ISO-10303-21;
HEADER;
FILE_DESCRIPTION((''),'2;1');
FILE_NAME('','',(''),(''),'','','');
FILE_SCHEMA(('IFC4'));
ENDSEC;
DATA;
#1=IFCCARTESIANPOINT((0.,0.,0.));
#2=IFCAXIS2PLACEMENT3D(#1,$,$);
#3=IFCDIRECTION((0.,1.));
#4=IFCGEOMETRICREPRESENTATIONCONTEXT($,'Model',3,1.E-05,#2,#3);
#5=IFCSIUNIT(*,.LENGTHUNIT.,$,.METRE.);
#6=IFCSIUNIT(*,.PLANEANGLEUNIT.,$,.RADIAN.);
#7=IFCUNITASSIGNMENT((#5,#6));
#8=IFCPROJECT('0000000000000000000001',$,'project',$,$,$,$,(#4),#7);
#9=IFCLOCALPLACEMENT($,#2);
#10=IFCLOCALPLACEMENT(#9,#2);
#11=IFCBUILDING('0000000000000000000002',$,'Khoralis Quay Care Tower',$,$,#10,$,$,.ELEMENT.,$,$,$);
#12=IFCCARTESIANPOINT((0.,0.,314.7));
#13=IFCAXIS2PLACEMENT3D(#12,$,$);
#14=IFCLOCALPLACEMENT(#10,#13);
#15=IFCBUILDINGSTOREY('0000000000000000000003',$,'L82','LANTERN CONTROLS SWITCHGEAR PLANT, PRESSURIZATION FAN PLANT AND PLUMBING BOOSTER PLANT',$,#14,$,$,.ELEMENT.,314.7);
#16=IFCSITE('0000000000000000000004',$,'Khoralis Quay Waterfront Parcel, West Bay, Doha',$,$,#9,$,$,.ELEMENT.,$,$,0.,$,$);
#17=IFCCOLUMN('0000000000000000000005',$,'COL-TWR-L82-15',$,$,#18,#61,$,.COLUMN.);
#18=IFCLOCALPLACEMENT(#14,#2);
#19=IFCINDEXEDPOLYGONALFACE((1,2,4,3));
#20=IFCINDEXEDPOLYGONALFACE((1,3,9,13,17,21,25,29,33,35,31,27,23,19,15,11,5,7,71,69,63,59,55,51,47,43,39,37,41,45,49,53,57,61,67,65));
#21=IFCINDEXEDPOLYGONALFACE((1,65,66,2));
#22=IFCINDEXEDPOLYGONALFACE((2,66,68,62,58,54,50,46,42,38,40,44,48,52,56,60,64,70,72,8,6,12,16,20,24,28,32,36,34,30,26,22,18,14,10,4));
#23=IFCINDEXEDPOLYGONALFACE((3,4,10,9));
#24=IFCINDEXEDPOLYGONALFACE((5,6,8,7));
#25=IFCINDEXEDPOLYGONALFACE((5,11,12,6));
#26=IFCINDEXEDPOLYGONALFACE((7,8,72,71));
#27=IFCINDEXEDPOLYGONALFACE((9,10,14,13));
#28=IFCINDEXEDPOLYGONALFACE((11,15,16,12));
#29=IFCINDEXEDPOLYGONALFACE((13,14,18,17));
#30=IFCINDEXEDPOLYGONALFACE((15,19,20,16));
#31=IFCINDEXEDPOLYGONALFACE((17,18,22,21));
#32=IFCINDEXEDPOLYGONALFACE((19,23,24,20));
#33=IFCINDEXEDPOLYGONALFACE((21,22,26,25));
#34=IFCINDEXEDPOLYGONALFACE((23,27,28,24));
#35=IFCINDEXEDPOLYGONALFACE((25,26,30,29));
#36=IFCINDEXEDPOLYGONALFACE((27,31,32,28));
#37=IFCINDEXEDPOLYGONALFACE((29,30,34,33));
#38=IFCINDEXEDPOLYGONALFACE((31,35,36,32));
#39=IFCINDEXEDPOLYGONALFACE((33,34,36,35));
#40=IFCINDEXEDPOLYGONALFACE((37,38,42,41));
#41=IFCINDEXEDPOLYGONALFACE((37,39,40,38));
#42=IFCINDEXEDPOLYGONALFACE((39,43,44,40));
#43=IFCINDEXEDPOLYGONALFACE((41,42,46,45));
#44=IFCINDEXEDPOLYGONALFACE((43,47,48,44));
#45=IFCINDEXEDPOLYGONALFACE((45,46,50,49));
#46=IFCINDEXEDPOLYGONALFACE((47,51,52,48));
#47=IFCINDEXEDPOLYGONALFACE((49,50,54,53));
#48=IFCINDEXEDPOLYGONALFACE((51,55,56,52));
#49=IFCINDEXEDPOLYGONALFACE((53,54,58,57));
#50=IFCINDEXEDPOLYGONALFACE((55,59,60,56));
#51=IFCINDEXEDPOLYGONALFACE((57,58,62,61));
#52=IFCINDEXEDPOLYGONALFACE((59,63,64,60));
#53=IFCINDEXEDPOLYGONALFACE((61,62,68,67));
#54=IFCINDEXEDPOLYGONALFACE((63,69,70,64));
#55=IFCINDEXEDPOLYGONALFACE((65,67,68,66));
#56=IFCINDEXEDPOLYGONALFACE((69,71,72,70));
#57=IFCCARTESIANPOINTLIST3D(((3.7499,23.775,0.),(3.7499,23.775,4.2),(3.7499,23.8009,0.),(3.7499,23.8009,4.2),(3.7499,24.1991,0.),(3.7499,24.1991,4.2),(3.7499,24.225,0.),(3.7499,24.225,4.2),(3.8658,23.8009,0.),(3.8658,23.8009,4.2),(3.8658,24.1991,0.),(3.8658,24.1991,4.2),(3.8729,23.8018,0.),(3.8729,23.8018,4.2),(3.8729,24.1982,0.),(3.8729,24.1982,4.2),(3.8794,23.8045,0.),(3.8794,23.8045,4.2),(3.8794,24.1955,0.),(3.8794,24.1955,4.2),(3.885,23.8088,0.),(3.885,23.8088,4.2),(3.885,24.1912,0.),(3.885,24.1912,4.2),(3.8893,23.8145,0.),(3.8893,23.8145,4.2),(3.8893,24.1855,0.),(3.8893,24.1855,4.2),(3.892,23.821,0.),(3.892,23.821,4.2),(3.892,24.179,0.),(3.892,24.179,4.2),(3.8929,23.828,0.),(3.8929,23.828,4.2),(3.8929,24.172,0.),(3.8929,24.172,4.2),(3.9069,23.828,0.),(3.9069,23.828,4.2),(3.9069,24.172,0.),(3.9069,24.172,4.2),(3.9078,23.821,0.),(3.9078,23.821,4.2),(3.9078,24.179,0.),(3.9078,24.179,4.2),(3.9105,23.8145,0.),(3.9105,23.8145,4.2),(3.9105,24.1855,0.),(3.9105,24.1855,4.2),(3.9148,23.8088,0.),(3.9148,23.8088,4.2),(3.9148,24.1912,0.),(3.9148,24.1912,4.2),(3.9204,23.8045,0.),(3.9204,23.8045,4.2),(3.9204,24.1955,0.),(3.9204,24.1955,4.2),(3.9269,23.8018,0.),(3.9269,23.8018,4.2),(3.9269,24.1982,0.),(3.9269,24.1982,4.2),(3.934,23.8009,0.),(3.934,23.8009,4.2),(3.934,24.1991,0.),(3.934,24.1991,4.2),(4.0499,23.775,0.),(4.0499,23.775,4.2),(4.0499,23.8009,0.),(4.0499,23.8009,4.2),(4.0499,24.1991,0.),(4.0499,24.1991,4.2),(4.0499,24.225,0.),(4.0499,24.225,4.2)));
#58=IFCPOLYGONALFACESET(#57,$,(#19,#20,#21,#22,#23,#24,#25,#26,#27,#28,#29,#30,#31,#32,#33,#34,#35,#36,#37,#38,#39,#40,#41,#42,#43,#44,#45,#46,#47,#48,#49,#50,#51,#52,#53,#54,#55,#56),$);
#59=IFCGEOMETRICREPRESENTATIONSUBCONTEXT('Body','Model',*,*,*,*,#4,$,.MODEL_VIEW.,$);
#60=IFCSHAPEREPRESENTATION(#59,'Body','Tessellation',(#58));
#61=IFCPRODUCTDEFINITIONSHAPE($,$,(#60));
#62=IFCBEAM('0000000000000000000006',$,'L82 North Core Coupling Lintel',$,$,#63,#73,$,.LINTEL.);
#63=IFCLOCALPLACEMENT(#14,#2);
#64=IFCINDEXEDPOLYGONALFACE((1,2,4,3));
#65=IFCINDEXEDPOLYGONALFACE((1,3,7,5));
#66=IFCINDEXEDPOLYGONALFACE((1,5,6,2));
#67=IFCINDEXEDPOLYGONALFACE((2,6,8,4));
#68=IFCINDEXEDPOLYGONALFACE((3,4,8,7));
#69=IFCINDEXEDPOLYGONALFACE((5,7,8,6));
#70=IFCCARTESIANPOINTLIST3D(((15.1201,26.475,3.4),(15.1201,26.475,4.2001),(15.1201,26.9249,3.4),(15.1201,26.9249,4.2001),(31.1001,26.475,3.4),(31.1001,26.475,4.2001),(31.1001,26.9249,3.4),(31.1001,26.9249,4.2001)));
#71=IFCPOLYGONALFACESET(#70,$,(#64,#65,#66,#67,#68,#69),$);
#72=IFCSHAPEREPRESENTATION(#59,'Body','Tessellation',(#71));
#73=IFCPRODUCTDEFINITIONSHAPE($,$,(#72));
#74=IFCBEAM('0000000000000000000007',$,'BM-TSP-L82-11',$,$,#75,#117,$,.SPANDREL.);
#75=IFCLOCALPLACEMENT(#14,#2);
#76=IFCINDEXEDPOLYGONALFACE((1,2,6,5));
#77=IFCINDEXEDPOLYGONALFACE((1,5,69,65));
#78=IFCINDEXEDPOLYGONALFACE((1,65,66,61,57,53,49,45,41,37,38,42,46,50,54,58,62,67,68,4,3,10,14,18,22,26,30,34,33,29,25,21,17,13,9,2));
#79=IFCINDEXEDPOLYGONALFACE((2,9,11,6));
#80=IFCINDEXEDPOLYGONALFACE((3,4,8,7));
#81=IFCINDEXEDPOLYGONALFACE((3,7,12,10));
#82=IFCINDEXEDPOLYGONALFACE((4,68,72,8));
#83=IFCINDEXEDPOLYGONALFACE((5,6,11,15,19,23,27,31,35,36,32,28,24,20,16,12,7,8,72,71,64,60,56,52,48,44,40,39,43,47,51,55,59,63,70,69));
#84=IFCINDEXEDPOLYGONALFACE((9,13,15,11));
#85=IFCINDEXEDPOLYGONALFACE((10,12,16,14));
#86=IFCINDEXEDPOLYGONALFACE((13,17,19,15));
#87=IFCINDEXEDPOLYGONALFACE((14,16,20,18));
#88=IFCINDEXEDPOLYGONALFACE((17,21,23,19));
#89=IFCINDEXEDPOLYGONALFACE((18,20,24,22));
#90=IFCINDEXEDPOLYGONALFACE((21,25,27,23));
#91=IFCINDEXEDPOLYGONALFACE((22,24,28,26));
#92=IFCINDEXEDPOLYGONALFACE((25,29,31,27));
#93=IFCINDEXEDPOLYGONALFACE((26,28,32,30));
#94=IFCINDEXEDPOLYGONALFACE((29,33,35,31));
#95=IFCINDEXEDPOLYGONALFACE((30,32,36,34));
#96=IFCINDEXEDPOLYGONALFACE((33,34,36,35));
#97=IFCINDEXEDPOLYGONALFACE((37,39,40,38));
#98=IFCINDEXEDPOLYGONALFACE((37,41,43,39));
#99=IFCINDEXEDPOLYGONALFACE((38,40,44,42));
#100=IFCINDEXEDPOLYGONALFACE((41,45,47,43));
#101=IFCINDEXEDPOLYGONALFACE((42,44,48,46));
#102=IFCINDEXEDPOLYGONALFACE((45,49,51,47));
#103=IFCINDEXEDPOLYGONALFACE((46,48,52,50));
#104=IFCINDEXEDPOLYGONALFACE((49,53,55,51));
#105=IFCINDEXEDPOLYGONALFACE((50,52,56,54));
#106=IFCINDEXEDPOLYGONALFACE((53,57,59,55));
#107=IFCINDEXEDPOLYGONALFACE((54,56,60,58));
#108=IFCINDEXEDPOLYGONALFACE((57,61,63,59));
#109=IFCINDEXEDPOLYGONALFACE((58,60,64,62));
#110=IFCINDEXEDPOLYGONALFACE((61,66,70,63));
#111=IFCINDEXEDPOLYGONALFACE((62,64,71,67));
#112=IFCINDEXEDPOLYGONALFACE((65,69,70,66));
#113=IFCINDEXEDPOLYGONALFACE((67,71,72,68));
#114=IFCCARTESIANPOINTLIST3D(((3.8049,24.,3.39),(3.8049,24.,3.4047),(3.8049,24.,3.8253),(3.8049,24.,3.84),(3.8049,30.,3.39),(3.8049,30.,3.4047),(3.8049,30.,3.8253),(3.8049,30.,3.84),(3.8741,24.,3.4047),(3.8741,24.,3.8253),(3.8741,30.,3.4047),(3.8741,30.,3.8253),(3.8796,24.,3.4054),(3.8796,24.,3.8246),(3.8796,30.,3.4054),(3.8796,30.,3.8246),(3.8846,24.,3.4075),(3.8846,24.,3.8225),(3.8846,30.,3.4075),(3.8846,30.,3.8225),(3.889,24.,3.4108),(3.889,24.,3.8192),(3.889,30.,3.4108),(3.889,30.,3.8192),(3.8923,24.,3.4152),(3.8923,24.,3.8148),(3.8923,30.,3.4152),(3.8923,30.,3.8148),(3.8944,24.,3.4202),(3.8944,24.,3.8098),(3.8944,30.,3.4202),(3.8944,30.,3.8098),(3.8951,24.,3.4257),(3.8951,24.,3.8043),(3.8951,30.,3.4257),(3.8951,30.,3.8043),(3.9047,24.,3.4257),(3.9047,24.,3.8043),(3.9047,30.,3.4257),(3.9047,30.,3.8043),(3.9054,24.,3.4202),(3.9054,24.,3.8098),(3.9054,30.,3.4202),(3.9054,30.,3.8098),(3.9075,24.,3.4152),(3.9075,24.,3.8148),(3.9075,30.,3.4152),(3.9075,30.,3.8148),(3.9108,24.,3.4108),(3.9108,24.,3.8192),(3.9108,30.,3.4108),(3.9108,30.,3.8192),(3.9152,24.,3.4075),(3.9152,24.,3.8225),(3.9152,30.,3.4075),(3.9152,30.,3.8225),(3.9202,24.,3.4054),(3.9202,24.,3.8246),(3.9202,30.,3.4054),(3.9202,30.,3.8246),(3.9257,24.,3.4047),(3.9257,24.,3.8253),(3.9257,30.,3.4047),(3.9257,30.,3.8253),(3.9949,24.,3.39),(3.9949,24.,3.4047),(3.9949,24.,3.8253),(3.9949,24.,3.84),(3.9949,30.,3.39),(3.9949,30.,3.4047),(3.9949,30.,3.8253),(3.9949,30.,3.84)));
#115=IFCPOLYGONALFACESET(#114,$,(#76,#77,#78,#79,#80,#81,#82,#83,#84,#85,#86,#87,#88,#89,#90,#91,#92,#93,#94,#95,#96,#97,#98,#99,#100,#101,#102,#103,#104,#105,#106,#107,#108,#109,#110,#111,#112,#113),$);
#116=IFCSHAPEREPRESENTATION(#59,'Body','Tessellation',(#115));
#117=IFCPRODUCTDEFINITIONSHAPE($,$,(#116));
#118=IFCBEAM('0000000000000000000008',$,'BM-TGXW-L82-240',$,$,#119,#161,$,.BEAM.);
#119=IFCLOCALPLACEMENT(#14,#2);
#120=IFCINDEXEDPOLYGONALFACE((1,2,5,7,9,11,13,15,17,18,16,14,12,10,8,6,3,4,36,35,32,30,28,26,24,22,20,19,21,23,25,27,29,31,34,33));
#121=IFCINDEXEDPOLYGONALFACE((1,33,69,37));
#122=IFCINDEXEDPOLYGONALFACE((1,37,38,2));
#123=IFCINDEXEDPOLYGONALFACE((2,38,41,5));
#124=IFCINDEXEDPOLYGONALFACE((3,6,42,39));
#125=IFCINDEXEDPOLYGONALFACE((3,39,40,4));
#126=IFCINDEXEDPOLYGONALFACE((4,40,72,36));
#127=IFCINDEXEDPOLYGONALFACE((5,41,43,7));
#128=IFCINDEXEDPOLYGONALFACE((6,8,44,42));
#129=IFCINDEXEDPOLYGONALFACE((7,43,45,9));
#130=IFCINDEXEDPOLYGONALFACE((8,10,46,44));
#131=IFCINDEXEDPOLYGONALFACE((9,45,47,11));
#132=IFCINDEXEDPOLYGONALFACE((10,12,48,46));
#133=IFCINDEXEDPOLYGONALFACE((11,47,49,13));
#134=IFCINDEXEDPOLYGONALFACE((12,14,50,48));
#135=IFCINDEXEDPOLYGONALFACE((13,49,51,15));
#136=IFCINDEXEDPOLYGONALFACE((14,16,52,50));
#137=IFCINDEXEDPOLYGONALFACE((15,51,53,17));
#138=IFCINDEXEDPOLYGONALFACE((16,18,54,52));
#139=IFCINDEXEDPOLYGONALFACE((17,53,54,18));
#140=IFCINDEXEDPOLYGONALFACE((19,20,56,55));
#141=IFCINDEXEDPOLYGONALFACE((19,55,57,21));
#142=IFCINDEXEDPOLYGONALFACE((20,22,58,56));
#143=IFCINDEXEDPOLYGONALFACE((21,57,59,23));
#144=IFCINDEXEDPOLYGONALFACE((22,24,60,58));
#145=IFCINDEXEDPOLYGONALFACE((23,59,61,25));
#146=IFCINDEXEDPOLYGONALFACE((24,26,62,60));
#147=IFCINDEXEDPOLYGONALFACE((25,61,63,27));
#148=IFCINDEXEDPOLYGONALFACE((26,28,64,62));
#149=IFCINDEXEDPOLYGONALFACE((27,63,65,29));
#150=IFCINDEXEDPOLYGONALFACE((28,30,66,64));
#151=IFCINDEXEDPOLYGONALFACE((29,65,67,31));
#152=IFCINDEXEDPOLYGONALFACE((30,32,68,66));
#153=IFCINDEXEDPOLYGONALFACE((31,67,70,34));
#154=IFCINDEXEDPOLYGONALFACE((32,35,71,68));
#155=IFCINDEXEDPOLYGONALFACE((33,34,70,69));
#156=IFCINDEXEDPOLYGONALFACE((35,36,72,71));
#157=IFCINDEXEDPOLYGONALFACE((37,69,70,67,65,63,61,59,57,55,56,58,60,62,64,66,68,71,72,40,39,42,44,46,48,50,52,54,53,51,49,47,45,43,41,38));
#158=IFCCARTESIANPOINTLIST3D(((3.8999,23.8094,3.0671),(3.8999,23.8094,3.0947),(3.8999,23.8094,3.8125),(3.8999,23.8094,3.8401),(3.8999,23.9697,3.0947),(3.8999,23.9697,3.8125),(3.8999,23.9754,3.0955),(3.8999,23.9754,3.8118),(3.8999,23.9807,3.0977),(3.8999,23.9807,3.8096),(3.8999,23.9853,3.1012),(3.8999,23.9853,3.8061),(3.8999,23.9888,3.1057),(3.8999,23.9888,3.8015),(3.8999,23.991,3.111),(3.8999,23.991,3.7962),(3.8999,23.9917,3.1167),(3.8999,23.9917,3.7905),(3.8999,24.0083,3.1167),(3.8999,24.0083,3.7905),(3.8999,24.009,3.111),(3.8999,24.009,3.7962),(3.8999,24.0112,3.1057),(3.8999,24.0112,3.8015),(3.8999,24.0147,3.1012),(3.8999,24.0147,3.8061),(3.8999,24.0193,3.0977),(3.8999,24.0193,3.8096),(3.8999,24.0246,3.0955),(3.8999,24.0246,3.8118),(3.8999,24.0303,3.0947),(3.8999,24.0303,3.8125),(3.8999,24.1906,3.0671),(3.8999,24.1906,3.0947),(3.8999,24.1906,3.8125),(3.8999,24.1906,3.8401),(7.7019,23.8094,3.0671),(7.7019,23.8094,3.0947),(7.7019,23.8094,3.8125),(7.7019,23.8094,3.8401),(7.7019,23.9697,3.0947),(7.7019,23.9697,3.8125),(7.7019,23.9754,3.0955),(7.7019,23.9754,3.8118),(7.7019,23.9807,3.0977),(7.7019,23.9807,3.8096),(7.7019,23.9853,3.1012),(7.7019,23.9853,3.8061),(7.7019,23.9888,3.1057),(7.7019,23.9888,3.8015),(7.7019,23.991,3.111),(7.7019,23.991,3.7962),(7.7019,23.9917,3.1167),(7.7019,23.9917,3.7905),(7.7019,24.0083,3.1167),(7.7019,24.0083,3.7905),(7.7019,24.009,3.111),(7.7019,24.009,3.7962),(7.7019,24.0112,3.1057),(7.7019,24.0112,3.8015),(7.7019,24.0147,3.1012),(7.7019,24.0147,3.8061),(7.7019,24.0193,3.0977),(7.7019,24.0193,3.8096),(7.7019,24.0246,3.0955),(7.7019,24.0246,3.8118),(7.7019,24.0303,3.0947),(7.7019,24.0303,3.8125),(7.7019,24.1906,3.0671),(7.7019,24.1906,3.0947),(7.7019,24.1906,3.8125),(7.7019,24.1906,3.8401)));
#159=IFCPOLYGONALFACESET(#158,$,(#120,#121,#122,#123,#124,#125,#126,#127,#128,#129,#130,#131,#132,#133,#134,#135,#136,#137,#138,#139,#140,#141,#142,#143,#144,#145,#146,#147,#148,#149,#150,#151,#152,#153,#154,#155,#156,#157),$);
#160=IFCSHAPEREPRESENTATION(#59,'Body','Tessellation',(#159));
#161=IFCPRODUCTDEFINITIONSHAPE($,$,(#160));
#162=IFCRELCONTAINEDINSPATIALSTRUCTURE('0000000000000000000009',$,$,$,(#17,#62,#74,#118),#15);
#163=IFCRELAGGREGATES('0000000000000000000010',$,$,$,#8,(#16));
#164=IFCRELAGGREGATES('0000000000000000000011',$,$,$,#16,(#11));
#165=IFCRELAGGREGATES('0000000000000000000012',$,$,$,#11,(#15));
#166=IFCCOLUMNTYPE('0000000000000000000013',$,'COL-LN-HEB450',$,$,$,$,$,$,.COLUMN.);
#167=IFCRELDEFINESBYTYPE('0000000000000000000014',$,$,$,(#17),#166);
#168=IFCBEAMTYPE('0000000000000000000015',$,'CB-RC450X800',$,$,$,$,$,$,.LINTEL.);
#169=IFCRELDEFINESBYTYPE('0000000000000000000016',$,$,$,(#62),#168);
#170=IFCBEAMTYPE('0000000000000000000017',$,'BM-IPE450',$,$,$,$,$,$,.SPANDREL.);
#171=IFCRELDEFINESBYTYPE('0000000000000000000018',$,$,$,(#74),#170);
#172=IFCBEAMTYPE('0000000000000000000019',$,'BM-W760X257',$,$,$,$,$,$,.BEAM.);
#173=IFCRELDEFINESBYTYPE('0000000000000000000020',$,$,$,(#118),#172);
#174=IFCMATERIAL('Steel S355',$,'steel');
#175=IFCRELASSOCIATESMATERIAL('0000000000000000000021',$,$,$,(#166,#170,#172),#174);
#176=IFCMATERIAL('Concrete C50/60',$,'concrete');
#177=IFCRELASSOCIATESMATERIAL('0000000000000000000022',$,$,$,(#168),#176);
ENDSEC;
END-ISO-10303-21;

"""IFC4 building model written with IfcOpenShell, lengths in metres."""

from ifc_helpers import new_model, si_unit, direction, frame, origin, origin_2d, place, context, subcontext, project, spatial, rectangle, i_section, extrude, source, transform, mapped, material, material_profile, profile_set, type_object, element, save


model = new_model("IFC4")

# Units and contexts
model_context = context("Model", 3, precision=1e-05, world=origin(), true_north=direction((0.0, 1.0)))
body_context = subcontext(model_context, "Body", "Model", "MODEL_VIEW")
ifc_project = project(units=[si_unit("LENGTHUNIT", "METRE"), si_unit("PLANEANGLEUNIT", "RADIAN")], contexts=[model_context])

# Site, building, storey
site_placement = place(None, origin())
site = spatial("IfcSite", under=ifc_project, at=site_placement, Name="Khoralis Quay Waterfront Parcel, West Bay, Doha", CompositionType="ELEMENT", RefElevation=0.0)
building_placement = place(site_placement, origin())
building = spatial("IfcBuilding", under=site, at=building_placement, Name="Khoralis Quay Care Tower", CompositionType="ELEMENT")
storey_placement = place(building_placement, frame((0.0, 0.0, 314.7)))
storey = spatial("IfcBuildingStorey", under=building, at=storey_placement, Name="L82", Description="LANTERN CONTROLS SWITCHGEAR PLANT, PRESSURIZATION FAN PLANT AND PLUMBING BOOSTER PLANT", CompositionType="ELEMENT", Elevation=314.7)

# Column
ifc_material_1 = material(Name="Steel S355", Category="steel")
ifc_material_profile_1 = material_profile(ifc_material_1, i_section(OverallWidth=0.3, OverallDepth=0.45, WebThickness=0.0139, FlangeThickness=0.0259, FilletRadius=0.0271, at=origin_2d()), Name="Steel S355")
ifc_profile_set_1 = profile_set([ifc_material_profile_1], Name="Steel S355")
column_type = type_object("IfcColumnType", Name="COL-LN-HEB450", PredefinedType="COLUMN", material=ifc_profile_set_1)
shared_shape_1 = source(origin(), body_context, "Body", "SweptSolid", [
    extrude(i_section(OverallWidth=0.3, OverallDepth=0.45, WebThickness=0.0139, FlangeThickness=0.0259, FilletRadius=0.0271, at=origin_2d()), origin(), (0.0, 0.0, 1.0), 4.2),
])
column_placement = place(storey_placement, frame((3.8999, 24.0, 0.0), z_axis=(0.0, 0.0, 1.0), x_axis=(1.0, 0.0, 0.0)))
element("IfcColumn", 1, at=column_placement, inside=storey, type_object=column_type, Name="COL-TWR-L82-15", PredefinedType="COLUMN", context=body_context, shape_type="MappedRepresentation", body=[
    mapped(shared_shape_1, transform((0.0, 0.0, 0.0), scale=1.0)),
])

# Beams
ifc_material_2 = material(Name="Concrete C50/60", Category="concrete")
ifc_material_profile_2 = material_profile(ifc_material_2, rectangle(XDim=0.45, YDim=0.8, at=origin_2d()), Name="Concrete C50/60")
ifc_profile_set_2 = profile_set([ifc_material_profile_2], Name="Concrete C50/60")
beam_type_1 = type_object("IfcBeamType", Name="CB-RC450X800", PredefinedType="LINTEL", material=ifc_profile_set_2)
shared_shape_2 = source(origin(), body_context, "Body", "SweptSolid", [
    extrude(rectangle(XDim=0.45, YDim=0.8, at=origin_2d()), origin(), (0.0, 0.0, 1.0), 15.98),
])
beam_1_placement = place(storey_placement, frame((15.1201, 26.7, 3.8), z_axis=(1.0, 0.0, 0.0), x_axis=(0.0, 1.0, 0.0)))
element("IfcBeam", 2, at=beam_1_placement, inside=storey, type_object=beam_type_1, Name="L82 North Core Coupling Lintel", PredefinedType="LINTEL", context=body_context, shape_type="MappedRepresentation", body=[
    mapped(shared_shape_2, transform((0.0, 0.0, 0.0), scale=1.0)),
])
ifc_material_profile_3 = material_profile(ifc_material_1, i_section(OverallWidth=0.1899, OverallDepth=0.45, WebThickness=0.0095, FlangeThickness=0.0146, FilletRadius=0.021, at=origin_2d()), Name="Steel S355")
ifc_profile_set_3 = profile_set([ifc_material_profile_3], Name="Steel S355")
beam_type_2 = type_object("IfcBeamType", Name="BM-IPE450", PredefinedType="SPANDREL", material=ifc_profile_set_3)
shared_shape_3 = source(origin(), body_context, "Body", "SweptSolid", [
    extrude(i_section(OverallWidth=0.1899, OverallDepth=0.45, WebThickness=0.0095, FlangeThickness=0.0146, FilletRadius=0.021, at=origin_2d()), origin(), (0.0, 0.0, 1.0), 6.0),
])
beam_2_placement = place(storey_placement, frame((3.8999, 24.0, 3.615), z_axis=(0.0, 1.0, 0.0), x_axis=(-1.0, 0.0, 0.0)))
element("IfcBeam", 3, at=beam_2_placement, inside=storey, type_object=beam_type_2, Name="BM-TSP-L82-11", PredefinedType="SPANDREL", context=body_context, shape_type="MappedRepresentation", body=[
    mapped(shared_shape_3, transform((0.0, 0.0, 0.0), scale=1.0)),
])
ifc_material_profile_4 = material_profile(ifc_material_1, i_section(OverallWidth=0.3811, OverallDepth=0.7729, WebThickness=0.0166, FlangeThickness=0.0276, FilletRadius=0.022, at=origin_2d()), Name="Steel S355")
ifc_profile_set_4 = profile_set([ifc_material_profile_4], Name="Steel S355")
beam_type_3 = type_object("IfcBeamType", Name="BM-W760X257", PredefinedType="BEAM", material=ifc_profile_set_4)
shared_shape_4 = source(origin(), body_context, "Body", "SweptSolid", [
    extrude(i_section(OverallWidth=0.3811, OverallDepth=0.7729, WebThickness=0.0166, FlangeThickness=0.0276, FilletRadius=0.022, at=origin_2d()), origin(), (0.0, 0.0, 1.0), 3.802),
])
beam_3_placement = place(storey_placement, frame((3.8999, 24.0, 3.4536), z_axis=(1.0, 0.0, 0.0), x_axis=(0.0, 1.0, 0.0)))
element("IfcBeam", 4, at=beam_3_placement, inside=storey, type_object=beam_type_3, Name="BM-TGXW-L82-240", PredefinedType="BEAM", context=body_context, shape_type="MappedRepresentation", body=[
    mapped(shared_shape_4, transform((0.0, 0.0, 0.0), scale=1.0)),
])

save(model, "model.ifc")
